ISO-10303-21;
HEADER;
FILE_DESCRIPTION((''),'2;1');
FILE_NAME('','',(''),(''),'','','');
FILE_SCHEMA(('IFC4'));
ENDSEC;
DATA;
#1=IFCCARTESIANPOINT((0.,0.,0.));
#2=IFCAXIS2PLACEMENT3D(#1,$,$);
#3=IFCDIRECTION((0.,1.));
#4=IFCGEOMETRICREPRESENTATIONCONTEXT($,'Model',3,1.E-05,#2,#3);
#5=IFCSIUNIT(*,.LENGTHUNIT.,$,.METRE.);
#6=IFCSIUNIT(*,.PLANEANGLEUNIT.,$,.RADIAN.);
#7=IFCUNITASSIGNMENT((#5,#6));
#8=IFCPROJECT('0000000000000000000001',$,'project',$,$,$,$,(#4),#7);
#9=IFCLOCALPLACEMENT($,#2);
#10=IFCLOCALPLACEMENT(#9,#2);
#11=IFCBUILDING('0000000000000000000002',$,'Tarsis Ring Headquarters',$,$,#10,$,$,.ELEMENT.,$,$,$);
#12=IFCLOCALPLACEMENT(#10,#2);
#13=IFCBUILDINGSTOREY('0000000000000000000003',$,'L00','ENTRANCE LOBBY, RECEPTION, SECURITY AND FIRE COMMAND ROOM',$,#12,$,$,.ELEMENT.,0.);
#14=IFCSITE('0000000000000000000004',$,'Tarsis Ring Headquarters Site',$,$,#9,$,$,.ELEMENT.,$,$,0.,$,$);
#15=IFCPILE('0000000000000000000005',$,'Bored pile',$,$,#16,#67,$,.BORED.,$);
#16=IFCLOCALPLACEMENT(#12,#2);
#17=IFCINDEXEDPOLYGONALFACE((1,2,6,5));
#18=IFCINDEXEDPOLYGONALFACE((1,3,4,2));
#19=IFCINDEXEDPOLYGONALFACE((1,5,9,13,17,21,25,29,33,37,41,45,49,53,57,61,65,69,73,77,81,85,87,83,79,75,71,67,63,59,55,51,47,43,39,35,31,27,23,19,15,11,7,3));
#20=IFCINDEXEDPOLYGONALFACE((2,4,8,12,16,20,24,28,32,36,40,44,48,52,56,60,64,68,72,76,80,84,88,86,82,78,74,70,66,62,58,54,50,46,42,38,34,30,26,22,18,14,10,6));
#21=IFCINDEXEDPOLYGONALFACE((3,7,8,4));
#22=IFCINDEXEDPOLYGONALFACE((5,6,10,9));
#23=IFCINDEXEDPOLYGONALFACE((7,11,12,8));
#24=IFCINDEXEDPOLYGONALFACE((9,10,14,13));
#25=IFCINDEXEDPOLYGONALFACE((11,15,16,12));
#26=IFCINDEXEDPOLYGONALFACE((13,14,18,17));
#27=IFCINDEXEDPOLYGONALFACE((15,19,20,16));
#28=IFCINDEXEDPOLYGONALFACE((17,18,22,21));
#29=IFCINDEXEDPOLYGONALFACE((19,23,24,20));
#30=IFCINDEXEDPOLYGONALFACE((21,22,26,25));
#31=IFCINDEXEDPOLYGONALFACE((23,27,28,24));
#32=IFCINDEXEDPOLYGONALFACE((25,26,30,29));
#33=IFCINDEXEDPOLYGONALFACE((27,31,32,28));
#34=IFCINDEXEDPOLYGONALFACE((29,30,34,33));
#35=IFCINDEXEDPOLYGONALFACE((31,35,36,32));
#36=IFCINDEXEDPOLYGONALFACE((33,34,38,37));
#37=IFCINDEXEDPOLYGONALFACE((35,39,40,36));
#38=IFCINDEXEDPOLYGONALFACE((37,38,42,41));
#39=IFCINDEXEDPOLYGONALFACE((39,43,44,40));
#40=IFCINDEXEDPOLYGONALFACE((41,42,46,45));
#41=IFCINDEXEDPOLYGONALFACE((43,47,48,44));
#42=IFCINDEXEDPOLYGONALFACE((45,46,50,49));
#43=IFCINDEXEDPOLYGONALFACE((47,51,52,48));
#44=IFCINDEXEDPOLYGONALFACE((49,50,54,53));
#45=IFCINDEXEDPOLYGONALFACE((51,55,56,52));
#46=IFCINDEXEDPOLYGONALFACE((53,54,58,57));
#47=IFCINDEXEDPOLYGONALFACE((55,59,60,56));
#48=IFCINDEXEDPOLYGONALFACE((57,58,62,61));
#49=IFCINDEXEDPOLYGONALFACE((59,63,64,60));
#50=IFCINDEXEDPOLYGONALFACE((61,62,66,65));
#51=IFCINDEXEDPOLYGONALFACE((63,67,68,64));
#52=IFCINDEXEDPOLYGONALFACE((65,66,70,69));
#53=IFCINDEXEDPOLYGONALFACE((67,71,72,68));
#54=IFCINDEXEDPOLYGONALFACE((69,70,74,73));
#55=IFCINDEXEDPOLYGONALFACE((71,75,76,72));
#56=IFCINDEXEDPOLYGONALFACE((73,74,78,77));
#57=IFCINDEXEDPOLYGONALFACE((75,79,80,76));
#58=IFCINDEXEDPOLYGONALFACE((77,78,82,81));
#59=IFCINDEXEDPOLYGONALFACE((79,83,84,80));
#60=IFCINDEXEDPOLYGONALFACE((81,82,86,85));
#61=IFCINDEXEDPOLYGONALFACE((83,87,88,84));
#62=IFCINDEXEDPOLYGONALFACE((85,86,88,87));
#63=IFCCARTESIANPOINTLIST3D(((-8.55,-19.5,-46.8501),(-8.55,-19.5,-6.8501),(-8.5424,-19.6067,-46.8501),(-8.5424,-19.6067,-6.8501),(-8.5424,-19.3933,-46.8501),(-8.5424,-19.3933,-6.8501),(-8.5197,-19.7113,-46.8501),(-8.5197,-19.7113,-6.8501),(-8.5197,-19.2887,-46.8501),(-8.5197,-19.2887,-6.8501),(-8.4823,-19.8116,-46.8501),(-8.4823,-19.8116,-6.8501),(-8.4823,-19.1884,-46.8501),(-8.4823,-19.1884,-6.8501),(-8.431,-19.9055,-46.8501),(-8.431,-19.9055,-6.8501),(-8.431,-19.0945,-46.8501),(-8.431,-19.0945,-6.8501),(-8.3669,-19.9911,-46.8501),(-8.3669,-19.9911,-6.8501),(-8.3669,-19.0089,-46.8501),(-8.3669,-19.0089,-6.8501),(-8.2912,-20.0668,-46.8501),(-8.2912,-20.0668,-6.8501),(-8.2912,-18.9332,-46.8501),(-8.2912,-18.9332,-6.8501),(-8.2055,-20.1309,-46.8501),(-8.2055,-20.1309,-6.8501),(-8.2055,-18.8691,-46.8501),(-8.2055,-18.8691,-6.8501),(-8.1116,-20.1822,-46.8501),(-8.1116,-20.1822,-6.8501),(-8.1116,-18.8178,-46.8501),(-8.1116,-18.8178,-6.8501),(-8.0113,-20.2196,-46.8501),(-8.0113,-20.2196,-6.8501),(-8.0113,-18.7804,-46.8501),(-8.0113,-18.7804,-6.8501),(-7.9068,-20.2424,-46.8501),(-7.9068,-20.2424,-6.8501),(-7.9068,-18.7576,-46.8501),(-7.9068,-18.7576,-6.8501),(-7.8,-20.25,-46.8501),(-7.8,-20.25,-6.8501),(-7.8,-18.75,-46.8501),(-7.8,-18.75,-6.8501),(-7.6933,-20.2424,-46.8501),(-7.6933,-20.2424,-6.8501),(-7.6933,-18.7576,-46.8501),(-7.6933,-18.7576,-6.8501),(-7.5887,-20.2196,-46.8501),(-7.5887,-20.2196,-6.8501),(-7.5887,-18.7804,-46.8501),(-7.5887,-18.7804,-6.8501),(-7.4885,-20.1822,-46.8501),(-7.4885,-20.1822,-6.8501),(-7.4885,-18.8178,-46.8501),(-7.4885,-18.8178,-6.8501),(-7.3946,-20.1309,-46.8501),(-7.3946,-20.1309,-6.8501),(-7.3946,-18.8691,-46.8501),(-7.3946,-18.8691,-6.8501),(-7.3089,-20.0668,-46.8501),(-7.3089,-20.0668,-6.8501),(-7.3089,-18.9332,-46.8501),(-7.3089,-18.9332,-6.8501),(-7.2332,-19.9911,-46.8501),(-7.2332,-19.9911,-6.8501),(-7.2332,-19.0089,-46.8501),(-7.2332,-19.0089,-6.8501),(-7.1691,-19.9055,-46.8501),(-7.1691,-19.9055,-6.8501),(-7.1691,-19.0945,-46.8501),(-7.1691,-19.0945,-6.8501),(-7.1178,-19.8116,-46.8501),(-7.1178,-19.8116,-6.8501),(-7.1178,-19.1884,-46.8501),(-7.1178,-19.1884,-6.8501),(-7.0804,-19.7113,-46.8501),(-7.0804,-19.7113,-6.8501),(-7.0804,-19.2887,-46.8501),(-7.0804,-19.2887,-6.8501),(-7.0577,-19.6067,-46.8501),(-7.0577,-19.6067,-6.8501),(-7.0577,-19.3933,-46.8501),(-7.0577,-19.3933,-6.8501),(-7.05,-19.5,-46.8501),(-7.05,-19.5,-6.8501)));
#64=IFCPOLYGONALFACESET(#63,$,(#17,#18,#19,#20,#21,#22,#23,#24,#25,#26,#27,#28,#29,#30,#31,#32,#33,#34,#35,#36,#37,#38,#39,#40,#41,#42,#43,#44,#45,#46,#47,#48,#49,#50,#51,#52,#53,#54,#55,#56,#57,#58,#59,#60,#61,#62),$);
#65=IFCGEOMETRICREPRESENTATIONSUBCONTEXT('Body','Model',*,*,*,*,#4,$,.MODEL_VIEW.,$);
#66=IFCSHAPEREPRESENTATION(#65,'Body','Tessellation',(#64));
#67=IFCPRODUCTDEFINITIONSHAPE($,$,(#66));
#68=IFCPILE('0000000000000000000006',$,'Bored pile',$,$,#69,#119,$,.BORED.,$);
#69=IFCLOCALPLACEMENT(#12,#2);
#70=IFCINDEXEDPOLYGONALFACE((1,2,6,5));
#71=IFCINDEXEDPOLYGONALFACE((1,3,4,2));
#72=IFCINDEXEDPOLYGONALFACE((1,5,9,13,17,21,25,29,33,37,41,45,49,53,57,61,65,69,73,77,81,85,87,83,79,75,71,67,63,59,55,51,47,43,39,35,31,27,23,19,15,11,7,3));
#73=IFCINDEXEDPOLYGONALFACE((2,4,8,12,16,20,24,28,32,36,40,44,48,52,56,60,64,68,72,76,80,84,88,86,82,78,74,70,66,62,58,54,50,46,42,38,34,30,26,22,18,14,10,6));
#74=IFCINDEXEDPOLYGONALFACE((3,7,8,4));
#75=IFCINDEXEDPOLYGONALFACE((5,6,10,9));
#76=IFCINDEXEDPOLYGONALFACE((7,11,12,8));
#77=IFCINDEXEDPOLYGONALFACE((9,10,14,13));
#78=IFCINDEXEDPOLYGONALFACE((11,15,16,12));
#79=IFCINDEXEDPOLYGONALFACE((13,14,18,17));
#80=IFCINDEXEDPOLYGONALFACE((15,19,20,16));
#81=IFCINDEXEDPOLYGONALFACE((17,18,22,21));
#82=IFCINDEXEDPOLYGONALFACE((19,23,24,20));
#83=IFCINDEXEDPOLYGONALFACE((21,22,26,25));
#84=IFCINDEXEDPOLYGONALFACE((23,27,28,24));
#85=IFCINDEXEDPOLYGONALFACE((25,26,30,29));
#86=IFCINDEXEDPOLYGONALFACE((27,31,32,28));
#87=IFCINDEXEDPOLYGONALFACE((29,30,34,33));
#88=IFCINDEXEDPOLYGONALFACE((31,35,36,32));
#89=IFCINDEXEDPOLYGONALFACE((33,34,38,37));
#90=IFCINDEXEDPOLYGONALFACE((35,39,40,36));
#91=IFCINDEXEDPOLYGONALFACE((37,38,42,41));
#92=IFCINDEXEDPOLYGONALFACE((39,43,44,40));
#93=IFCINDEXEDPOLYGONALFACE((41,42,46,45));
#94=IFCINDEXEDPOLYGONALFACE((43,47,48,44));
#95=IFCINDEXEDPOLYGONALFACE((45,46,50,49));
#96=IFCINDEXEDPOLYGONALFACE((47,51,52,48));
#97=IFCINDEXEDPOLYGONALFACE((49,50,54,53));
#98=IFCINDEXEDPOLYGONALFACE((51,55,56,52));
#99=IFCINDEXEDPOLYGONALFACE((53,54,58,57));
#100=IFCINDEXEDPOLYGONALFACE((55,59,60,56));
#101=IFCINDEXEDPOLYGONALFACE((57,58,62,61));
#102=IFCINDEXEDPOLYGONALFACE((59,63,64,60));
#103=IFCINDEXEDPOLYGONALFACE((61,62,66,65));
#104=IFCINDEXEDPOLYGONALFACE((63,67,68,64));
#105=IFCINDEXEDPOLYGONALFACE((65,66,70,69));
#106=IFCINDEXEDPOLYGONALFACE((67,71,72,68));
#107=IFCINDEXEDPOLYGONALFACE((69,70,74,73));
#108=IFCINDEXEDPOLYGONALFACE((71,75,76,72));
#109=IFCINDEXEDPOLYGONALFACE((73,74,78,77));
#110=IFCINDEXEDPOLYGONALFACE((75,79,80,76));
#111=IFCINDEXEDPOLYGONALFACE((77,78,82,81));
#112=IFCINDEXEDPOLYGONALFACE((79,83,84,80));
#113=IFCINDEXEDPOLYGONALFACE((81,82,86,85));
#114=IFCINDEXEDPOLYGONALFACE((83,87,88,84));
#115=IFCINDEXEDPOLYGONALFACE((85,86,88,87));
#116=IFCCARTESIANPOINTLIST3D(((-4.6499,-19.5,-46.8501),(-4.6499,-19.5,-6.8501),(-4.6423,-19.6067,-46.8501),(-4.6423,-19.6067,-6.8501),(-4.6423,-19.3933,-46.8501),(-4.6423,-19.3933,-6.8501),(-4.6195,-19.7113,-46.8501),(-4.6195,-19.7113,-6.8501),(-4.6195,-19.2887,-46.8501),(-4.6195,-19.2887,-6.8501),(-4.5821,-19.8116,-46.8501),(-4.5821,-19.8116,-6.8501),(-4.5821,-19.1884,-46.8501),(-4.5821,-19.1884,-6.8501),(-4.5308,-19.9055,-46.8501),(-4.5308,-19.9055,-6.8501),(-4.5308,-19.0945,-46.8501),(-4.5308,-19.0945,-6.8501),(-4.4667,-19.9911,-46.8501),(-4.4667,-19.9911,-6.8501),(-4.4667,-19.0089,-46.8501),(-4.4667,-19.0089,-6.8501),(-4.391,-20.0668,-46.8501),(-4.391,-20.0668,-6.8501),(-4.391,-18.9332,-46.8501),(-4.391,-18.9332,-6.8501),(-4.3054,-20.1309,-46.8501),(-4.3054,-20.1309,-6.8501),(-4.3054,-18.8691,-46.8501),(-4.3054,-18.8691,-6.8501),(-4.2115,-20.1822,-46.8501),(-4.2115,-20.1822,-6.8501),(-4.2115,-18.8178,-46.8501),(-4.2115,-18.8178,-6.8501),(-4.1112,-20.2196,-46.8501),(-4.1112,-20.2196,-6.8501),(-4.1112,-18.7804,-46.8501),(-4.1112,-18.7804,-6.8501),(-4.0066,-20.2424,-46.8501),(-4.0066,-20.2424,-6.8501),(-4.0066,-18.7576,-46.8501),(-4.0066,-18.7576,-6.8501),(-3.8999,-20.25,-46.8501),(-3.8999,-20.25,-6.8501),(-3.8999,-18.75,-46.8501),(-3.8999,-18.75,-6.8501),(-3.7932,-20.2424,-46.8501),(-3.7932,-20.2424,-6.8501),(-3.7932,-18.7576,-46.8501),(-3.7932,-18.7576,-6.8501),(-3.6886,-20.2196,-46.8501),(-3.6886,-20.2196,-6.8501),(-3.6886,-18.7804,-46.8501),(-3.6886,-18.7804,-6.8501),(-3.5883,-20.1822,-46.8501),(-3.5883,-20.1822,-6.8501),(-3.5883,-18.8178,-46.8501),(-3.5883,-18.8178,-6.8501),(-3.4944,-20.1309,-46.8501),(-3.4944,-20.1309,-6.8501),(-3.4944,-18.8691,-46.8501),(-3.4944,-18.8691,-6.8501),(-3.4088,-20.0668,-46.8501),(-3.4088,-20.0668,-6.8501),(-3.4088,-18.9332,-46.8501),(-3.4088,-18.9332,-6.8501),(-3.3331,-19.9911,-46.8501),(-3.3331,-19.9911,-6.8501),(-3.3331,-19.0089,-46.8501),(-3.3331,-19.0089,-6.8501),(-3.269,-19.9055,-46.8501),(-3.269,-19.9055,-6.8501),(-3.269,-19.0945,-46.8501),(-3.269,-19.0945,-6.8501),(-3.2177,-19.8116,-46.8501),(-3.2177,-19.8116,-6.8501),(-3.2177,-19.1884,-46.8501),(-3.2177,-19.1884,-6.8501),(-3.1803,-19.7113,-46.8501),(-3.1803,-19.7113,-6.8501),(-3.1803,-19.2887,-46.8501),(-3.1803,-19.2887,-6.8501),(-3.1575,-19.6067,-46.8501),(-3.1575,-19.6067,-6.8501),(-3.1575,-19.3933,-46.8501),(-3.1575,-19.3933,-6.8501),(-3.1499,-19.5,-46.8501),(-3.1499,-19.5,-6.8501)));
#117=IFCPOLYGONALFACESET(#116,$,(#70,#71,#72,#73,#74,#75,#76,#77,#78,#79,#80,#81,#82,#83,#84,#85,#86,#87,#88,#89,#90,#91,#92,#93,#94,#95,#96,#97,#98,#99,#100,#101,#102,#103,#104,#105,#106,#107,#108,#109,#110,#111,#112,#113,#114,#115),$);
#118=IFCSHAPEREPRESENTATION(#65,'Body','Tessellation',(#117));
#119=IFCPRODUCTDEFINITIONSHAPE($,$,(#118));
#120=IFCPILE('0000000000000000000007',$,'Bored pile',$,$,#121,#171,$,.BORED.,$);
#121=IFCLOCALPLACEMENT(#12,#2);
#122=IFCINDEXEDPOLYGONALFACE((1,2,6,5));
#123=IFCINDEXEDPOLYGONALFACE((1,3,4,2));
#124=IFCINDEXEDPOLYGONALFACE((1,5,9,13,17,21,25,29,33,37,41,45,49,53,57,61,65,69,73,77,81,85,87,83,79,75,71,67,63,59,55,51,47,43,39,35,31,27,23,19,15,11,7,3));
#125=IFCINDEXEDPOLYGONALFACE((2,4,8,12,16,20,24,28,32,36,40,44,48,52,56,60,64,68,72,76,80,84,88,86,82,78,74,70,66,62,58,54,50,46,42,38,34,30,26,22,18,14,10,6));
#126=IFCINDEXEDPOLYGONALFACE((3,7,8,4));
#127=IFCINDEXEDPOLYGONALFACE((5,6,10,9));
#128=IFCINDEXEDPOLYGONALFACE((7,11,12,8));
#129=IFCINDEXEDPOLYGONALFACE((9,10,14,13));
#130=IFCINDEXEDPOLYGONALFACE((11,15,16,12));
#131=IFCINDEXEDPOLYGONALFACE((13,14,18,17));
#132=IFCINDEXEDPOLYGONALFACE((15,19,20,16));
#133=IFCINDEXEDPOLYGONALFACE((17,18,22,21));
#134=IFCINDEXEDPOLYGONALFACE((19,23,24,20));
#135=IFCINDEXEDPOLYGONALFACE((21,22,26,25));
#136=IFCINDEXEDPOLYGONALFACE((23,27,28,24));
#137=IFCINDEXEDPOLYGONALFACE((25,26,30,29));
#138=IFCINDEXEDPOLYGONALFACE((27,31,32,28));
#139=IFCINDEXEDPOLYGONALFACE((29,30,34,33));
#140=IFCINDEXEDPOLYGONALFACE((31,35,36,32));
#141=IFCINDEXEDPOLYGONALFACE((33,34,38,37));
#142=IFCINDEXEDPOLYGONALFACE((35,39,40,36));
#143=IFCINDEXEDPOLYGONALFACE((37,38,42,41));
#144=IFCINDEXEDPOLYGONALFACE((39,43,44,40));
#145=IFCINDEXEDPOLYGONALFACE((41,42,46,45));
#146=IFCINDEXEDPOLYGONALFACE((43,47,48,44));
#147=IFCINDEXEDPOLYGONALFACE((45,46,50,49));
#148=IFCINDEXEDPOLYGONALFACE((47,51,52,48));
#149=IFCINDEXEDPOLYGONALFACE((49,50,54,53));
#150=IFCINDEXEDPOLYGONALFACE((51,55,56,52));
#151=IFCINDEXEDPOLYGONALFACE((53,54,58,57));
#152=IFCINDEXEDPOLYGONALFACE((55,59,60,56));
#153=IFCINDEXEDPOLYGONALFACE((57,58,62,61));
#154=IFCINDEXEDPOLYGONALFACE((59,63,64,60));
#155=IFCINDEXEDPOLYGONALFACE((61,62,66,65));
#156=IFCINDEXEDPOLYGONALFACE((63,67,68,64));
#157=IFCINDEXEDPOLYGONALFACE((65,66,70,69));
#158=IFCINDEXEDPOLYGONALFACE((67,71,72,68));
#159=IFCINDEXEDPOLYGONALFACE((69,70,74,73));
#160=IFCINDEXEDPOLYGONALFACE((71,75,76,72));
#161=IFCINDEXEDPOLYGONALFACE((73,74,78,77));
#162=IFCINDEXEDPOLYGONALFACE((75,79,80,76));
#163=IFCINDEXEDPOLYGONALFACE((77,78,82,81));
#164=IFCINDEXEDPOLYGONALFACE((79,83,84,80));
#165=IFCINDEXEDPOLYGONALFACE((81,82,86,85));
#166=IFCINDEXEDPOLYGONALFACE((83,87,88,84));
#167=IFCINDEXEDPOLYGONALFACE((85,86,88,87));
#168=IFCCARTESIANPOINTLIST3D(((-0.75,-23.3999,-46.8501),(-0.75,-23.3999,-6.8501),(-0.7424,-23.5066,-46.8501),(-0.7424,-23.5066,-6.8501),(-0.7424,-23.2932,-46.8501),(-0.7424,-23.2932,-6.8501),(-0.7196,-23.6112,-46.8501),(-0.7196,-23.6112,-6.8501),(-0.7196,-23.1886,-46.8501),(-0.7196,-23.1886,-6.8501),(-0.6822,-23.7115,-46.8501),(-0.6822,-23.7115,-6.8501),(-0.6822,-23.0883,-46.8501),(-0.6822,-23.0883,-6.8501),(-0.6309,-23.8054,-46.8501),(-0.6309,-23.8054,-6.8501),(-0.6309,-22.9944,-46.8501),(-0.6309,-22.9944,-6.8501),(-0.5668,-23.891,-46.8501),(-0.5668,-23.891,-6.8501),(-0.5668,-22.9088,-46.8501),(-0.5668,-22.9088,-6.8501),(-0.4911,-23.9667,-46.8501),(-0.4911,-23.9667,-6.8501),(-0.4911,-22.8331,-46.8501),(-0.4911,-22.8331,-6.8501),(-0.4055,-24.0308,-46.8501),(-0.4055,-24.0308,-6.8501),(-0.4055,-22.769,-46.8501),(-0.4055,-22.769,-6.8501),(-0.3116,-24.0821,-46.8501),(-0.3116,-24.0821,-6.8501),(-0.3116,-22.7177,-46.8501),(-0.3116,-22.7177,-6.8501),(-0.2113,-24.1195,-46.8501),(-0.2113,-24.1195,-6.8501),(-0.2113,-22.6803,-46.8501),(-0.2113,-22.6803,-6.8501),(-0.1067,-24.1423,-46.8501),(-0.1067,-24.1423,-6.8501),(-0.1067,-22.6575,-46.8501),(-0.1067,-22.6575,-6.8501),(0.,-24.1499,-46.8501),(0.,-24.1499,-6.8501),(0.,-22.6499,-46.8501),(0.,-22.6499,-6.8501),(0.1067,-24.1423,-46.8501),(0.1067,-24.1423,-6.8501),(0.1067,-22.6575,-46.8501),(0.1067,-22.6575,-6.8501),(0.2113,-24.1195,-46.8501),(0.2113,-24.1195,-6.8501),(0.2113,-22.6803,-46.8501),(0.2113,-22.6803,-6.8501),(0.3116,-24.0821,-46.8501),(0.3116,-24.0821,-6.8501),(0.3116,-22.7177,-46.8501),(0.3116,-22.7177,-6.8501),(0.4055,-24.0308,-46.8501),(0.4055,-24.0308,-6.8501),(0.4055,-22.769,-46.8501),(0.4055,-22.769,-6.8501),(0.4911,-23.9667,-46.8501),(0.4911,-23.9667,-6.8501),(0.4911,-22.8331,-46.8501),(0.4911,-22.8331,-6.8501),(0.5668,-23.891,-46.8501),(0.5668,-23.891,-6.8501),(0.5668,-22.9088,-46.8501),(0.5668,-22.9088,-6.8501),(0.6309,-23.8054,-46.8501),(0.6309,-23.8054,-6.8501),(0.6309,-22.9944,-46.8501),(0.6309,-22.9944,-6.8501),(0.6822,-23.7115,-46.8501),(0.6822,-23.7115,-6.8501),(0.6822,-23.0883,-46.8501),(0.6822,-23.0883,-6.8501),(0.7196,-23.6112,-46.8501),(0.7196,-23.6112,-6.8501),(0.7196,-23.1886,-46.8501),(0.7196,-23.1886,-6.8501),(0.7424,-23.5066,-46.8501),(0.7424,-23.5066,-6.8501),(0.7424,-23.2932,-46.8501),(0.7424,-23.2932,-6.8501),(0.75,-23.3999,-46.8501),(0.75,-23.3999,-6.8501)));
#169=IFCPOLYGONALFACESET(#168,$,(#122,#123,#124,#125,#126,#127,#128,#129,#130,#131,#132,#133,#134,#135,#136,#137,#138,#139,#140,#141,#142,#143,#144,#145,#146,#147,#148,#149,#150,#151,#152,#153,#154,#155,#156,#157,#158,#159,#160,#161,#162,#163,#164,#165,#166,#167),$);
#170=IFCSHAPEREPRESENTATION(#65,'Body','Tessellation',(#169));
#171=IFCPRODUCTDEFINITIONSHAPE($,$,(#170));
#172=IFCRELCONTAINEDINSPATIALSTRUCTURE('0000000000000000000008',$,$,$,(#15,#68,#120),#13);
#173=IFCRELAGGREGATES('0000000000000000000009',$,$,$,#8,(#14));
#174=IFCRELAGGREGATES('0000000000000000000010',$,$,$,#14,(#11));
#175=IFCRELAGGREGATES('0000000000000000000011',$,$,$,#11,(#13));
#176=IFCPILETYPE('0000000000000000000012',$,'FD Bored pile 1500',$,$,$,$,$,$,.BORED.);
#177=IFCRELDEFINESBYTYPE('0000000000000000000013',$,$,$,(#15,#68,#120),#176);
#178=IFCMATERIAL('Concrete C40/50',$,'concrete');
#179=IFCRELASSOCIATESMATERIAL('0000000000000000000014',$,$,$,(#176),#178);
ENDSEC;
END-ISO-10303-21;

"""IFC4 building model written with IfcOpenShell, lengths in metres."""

from ifc_helpers import new_model, si_unit, direction, frame, origin, origin_2d, place, context, subcontext, project, spatial, circle, extrude, material, material_profile, profile_set, type_object, element, save


model = new_model("IFC4")

# Units and contexts
model_context = context("Model", 3, precision=1e-05, world=origin(), true_north=direction((0.0, 1.0)))
body_context = subcontext(model_context, "Body", "Model", "MODEL_VIEW")
ifc_project = project(units=[si_unit("LENGTHUNIT", "METRE"), si_unit("PLANEANGLEUNIT", "RADIAN")], contexts=[model_context])

# Site, building, storey
site_placement = place(None, origin())
site = spatial("IfcSite", under=ifc_project, at=site_placement, Name="Tarsis Ring Headquarters Site", CompositionType="ELEMENT", RefElevation=0.0)
building_placement = place(site_placement, origin())
building = spatial("IfcBuilding", under=site, at=building_placement, Name="Tarsis Ring Headquarters", CompositionType="ELEMENT")
storey_placement = place(building_placement, origin())
storey = spatial("IfcBuildingStorey", under=building, at=storey_placement, Name="L00", Description="ENTRANCE LOBBY, RECEPTION, SECURITY AND FIRE COMMAND ROOM", CompositionType="ELEMENT", Elevation=0.0)

# Piles
ifc_material_1 = material(Name="Concrete C40/50", Category="concrete")
ifc_material_profile_1 = material_profile(ifc_material_1, circle(Radius=0.75, at=origin_2d()), Name="BORED 1500")
ifc_profile_set_1 = profile_set([ifc_material_profile_1], Name="Concrete C40/50")
pile_type = type_object("IfcPileType", Name="FD Bored pile 1500", PredefinedType="BORED", material=ifc_profile_set_1)
for number, where, z_axis, x_axis, name in (
    (1, (-7.8, -19.5, -6.8501), (0.0, 0.0, -1.0), (1.0, 0.0, 0.0), "Bored pile"),
    (2, (-3.8999, -19.5, -6.8501), (0.0, 0.0, -1.0), (1.0, 0.0, 0.0), "Bored pile"),
    (3, (0.0, -23.3999, -6.8501), (0.0, 0.0, -1.0), (1.0, 0.0, 0.0), "Bored pile"),
):
    element("IfcPile", number, at=place(storey_placement, frame(where, z_axis=z_axis, x_axis=x_axis)), inside=storey, type_object=pile_type, Name=name, PredefinedType="BORED", context=body_context, shape_type="SweptSolid", body=[
        extrude(circle(Radius=0.75, at=origin_2d()), origin(), (0.0, 0.0, 1.0), 40.0),
    ])

save(model, "model.ifc")
